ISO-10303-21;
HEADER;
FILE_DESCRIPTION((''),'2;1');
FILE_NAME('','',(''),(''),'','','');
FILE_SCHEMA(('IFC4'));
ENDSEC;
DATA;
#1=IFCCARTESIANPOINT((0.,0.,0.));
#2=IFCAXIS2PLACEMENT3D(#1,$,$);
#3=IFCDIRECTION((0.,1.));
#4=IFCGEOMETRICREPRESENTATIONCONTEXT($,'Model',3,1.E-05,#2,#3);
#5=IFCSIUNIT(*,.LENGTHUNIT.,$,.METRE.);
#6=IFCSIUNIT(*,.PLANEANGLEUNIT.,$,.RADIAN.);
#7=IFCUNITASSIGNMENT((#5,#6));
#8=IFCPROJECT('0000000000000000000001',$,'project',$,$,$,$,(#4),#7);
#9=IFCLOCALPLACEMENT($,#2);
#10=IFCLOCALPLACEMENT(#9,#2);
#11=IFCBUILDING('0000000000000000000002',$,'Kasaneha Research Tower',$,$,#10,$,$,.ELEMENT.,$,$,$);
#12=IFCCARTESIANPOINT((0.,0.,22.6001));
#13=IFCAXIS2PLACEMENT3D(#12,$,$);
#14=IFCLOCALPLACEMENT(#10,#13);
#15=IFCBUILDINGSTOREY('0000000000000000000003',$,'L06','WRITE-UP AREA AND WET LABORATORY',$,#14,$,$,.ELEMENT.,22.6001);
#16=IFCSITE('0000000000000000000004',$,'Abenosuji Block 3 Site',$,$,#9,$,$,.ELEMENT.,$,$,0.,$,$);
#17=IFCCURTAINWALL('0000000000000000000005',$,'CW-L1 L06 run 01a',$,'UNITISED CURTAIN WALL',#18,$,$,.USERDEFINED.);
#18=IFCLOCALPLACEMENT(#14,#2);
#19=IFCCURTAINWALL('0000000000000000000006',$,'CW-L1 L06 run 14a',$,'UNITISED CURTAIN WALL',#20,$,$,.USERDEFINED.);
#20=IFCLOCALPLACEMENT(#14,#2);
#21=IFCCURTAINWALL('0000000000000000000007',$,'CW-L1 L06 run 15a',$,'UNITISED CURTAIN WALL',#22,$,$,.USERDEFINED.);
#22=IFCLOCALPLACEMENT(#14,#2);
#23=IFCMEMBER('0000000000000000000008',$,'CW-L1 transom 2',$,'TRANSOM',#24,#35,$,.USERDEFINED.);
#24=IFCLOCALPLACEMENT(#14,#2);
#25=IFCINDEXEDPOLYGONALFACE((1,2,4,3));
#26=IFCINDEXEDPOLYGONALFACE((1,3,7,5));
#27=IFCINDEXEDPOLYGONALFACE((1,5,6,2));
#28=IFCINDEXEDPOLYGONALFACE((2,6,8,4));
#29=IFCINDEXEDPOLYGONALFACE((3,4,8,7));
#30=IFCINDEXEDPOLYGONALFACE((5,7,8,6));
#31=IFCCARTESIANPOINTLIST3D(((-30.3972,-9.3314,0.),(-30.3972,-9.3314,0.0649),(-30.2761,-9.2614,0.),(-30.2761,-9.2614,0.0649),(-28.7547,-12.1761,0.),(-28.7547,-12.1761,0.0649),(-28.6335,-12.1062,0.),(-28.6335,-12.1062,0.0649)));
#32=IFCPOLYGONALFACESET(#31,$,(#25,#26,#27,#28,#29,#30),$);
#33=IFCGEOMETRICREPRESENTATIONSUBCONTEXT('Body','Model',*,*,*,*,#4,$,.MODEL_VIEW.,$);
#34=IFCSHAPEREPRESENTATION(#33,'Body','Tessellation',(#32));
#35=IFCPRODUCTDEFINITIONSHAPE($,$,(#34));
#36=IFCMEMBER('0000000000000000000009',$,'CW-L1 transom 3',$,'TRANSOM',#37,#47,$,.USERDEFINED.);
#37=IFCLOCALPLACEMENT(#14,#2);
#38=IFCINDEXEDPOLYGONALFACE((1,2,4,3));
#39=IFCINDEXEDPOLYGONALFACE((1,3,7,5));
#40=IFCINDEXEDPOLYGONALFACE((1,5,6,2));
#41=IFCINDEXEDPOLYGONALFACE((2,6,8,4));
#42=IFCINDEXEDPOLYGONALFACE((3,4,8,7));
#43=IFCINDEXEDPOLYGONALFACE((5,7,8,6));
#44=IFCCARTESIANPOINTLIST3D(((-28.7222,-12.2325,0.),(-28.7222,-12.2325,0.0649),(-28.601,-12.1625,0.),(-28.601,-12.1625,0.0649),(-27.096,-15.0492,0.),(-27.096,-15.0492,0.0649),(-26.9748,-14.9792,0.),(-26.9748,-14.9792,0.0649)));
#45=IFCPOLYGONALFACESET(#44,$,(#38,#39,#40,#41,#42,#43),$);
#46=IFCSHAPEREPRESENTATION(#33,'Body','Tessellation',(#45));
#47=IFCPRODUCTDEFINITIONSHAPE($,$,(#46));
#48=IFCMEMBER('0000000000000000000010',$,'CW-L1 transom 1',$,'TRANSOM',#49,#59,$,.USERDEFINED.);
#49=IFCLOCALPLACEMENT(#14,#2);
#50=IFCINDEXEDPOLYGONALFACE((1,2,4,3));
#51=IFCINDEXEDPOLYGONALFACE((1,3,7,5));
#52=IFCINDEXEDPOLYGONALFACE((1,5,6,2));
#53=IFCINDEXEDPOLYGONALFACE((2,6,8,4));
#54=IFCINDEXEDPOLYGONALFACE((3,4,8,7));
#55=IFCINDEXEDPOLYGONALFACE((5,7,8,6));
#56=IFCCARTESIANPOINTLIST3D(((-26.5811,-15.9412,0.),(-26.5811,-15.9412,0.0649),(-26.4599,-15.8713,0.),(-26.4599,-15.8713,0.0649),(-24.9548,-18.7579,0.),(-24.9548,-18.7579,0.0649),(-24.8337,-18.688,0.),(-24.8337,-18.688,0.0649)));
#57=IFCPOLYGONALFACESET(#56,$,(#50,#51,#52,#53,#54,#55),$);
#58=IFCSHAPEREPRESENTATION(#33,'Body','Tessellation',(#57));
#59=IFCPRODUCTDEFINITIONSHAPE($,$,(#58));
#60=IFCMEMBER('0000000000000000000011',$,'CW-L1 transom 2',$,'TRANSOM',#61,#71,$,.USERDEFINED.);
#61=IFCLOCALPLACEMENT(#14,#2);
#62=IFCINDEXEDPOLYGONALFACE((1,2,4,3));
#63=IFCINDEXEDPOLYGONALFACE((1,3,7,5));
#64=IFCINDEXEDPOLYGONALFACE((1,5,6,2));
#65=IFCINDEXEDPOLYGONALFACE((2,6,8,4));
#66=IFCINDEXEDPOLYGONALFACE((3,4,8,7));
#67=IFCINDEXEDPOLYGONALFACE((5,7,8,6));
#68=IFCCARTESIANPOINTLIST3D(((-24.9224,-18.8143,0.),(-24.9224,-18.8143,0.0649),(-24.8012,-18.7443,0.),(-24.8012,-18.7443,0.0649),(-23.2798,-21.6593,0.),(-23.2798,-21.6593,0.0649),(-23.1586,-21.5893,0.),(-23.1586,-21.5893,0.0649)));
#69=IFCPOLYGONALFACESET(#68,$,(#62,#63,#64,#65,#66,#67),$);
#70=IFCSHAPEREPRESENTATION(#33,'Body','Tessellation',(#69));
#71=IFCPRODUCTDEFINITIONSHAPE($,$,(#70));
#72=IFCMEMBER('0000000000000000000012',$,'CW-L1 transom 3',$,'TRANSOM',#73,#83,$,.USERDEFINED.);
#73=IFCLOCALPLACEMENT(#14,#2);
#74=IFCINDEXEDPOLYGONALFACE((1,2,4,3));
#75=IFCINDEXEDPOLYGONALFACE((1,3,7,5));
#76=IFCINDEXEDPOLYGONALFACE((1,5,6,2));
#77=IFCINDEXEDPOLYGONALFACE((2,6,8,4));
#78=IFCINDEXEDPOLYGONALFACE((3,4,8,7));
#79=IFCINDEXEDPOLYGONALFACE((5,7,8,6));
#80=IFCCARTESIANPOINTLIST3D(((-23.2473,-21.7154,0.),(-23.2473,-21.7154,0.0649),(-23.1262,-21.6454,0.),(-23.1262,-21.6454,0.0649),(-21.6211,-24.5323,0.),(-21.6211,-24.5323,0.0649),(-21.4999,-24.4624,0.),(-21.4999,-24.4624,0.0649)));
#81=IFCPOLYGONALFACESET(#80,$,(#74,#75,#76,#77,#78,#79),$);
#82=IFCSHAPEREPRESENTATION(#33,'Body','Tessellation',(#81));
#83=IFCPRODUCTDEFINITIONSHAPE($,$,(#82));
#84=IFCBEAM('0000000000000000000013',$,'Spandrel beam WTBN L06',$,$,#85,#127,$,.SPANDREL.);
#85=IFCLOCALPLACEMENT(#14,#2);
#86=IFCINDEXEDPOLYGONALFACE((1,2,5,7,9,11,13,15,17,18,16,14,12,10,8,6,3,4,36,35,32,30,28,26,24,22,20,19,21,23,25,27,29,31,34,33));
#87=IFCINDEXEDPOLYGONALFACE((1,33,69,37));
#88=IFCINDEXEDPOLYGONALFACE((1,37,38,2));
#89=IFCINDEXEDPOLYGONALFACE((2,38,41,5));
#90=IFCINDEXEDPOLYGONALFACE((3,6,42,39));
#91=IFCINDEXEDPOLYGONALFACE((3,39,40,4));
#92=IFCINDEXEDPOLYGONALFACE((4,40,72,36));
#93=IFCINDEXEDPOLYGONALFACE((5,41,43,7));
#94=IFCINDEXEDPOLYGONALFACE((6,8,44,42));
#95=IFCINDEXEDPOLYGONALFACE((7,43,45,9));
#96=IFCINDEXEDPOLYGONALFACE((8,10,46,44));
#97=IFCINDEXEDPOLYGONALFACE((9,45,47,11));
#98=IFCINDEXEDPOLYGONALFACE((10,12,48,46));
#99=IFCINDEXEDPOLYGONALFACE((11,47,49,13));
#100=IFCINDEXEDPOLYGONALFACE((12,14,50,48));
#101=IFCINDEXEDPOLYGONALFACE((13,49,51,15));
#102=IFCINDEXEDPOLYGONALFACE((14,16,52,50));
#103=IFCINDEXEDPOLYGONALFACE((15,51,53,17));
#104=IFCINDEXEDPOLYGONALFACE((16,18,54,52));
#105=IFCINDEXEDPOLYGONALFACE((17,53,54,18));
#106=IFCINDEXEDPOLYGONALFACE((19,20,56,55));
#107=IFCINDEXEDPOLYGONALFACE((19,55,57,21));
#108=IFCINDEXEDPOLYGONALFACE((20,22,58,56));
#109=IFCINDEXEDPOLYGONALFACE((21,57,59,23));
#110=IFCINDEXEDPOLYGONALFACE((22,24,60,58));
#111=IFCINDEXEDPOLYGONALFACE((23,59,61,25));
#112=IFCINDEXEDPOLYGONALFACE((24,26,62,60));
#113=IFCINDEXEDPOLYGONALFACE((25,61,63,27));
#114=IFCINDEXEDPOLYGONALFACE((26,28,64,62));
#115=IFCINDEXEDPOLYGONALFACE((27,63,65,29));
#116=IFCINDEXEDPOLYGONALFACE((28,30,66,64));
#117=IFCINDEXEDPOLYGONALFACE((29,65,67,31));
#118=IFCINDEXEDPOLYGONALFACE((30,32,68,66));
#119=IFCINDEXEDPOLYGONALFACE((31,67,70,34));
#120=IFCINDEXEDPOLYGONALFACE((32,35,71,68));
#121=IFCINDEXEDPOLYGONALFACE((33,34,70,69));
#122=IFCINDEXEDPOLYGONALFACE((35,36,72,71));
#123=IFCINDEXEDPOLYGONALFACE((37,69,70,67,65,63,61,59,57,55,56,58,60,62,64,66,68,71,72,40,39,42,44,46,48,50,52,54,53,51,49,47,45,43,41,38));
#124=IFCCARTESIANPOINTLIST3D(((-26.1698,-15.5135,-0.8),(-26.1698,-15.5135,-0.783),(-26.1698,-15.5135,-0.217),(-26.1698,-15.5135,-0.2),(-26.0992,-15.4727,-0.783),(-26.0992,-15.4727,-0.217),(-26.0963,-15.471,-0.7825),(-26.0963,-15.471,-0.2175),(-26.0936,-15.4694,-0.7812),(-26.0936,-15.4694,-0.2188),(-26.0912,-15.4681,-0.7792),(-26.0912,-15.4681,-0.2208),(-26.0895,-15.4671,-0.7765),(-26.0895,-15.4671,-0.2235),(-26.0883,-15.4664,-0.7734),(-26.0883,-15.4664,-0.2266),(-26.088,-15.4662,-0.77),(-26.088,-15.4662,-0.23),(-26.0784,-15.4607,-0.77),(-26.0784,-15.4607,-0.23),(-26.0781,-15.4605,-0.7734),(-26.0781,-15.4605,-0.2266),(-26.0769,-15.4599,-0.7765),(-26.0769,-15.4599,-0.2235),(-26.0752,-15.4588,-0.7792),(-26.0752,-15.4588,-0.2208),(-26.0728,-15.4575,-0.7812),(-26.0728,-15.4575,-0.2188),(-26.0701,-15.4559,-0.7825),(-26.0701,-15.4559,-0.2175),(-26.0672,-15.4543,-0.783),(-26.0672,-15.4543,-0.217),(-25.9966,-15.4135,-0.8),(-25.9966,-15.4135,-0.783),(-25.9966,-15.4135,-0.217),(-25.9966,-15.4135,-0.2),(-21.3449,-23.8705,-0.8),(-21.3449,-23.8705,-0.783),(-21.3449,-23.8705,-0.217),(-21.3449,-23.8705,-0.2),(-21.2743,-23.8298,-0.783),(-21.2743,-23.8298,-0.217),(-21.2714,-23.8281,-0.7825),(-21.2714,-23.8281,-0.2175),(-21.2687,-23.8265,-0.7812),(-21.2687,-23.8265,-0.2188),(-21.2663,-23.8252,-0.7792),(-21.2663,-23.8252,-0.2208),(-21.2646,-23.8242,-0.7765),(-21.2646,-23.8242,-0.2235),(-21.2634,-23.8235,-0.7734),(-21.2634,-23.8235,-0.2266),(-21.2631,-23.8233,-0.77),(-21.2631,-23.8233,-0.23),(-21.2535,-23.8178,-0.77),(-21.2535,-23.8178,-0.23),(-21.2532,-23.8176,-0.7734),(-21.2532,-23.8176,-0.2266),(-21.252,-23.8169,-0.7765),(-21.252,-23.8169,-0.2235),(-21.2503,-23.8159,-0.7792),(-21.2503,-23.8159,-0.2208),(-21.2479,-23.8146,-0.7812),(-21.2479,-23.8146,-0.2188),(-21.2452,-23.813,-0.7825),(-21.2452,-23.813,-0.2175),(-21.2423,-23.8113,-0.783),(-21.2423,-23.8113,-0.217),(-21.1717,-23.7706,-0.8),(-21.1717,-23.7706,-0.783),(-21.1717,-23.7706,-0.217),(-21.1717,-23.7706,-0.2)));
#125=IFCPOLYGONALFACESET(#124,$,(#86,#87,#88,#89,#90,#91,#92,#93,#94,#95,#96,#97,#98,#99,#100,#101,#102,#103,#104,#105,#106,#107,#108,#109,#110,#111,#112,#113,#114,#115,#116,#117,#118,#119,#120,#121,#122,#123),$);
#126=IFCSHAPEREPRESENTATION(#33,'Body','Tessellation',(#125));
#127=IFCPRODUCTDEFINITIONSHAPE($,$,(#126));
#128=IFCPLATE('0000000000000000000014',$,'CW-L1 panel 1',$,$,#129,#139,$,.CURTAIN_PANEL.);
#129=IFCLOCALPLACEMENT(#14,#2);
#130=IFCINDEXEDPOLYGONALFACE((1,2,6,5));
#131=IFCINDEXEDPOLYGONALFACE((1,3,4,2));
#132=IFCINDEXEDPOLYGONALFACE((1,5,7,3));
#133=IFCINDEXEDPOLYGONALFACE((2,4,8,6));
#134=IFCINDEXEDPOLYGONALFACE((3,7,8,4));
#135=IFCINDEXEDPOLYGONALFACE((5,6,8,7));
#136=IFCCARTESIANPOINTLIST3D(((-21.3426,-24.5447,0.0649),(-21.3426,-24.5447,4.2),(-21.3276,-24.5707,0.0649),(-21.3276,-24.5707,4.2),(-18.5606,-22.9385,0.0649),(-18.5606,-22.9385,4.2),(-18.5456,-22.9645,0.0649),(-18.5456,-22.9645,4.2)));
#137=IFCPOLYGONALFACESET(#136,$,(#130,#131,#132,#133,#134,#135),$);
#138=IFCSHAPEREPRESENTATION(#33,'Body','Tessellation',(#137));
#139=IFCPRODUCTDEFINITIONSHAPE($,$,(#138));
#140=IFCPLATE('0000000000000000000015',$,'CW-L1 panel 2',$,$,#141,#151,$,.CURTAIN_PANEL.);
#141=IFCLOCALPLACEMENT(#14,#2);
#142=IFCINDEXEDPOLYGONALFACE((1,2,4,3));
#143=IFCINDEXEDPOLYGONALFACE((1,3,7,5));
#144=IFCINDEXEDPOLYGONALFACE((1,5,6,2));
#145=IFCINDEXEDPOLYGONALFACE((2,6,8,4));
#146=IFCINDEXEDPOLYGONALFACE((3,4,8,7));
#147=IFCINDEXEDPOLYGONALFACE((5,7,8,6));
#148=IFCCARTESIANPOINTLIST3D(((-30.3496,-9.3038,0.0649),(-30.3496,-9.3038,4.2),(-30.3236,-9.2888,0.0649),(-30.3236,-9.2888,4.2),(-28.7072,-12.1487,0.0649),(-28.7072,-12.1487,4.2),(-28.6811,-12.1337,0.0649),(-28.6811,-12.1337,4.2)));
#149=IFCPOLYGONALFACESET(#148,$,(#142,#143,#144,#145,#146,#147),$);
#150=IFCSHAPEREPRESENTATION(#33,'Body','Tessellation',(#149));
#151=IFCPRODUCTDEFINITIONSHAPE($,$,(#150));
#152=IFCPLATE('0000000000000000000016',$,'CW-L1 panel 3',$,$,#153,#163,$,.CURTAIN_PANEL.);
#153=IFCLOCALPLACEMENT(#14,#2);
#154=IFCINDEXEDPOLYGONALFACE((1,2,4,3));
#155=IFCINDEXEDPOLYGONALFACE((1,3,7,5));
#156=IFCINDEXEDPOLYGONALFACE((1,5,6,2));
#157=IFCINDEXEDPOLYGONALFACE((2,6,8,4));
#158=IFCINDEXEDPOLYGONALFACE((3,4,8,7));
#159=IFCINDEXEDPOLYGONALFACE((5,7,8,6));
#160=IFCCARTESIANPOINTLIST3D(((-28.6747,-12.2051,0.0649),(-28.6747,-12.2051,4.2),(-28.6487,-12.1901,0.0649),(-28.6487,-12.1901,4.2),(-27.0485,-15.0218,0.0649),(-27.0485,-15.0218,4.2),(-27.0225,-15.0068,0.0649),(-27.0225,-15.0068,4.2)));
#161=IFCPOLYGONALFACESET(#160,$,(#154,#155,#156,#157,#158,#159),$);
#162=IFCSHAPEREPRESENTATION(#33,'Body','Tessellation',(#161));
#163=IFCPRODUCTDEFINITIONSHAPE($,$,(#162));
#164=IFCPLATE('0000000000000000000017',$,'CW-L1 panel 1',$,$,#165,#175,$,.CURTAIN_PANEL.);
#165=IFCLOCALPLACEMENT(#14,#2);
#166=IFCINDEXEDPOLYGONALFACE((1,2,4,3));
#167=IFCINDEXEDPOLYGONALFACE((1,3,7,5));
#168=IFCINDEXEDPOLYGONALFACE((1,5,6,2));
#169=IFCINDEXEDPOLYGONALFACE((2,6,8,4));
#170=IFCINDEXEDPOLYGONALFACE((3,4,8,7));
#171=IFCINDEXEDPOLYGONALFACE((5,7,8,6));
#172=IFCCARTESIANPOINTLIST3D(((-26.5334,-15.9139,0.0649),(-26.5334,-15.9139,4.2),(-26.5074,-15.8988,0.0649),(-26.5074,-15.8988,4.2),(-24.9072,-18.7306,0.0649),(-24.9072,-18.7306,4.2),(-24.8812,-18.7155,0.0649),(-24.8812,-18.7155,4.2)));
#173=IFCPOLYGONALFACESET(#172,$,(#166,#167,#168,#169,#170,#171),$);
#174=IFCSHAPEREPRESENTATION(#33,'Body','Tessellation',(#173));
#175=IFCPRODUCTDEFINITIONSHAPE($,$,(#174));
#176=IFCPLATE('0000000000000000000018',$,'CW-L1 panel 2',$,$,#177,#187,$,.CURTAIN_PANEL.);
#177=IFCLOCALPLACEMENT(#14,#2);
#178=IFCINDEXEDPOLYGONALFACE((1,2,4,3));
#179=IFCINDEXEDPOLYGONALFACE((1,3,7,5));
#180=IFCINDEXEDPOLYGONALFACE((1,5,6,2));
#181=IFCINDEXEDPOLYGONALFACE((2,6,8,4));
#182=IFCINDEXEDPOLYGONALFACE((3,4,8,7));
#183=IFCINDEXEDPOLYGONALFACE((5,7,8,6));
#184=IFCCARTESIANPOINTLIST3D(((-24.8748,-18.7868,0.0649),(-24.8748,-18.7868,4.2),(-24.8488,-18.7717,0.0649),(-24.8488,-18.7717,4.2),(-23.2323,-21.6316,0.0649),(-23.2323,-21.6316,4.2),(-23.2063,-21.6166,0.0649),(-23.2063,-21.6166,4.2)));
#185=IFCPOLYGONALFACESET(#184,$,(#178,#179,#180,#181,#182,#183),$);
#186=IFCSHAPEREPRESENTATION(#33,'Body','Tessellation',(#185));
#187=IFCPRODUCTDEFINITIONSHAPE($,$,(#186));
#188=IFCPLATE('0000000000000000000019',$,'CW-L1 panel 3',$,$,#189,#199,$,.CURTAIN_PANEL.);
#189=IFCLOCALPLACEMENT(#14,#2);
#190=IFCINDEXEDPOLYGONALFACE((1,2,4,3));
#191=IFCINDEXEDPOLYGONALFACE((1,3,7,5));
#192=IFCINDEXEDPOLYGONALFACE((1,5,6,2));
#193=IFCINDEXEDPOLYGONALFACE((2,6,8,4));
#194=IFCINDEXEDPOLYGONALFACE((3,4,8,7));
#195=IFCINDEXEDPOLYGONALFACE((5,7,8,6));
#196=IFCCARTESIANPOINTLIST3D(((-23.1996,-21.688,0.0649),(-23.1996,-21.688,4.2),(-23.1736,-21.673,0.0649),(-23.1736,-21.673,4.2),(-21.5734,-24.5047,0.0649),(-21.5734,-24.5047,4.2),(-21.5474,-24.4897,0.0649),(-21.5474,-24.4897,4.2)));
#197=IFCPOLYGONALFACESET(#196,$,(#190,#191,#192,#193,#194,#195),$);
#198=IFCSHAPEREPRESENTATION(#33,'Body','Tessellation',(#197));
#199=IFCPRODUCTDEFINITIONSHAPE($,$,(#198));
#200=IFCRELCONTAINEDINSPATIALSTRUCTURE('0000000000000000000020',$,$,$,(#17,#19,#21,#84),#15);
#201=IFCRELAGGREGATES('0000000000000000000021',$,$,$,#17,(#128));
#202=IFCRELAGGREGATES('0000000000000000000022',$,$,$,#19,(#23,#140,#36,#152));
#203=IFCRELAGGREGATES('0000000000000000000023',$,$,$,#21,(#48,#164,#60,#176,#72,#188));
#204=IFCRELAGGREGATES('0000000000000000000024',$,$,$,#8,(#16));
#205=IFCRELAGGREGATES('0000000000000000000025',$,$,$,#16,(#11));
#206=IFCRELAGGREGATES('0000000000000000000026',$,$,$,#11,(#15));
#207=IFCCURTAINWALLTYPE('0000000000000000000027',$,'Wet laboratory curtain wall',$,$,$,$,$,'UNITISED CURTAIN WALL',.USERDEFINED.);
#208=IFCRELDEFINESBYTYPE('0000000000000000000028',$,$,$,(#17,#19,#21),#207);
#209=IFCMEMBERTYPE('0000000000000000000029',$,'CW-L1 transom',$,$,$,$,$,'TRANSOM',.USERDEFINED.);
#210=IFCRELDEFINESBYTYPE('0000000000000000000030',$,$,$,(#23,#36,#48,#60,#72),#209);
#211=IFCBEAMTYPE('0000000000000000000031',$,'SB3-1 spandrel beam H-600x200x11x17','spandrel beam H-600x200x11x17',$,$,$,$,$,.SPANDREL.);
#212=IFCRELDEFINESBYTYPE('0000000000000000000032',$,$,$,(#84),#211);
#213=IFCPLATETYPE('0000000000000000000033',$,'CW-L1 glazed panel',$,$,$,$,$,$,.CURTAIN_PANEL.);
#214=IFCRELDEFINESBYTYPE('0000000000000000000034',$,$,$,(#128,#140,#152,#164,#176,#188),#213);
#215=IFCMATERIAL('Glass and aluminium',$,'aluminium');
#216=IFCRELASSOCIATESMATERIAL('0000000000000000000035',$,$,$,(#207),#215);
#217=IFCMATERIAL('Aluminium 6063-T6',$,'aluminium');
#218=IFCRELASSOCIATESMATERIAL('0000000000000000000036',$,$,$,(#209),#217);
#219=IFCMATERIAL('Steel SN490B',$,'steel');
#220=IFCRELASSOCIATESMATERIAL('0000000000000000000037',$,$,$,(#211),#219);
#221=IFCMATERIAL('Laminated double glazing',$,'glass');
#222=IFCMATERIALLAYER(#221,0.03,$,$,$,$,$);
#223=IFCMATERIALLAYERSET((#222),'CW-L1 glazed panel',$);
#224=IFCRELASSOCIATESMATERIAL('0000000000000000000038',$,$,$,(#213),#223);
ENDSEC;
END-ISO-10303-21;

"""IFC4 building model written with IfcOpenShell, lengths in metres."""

from ifc_helpers import new_model, si_unit, direction, frame, origin, origin_2d, place, context, subcontext, project, spatial, rectangle, i_section, extrude, material, layer, layer_set, material_profile, profile_set, type_object, element, aggregate, save


model = new_model("IFC4")

# Units and contexts
model_context = context("Model", 3, precision=1e-05, world=origin(), true_north=direction((0.0, 1.0)))
body_context = subcontext(model_context, "Body", "Model", "MODEL_VIEW")
ifc_project = project(units=[si_unit("LENGTHUNIT", "METRE"), si_unit("PLANEANGLEUNIT", "RADIAN")], contexts=[model_context])

# Site, building, storey
site_placement = place(None, origin())
site = spatial("IfcSite", under=ifc_project, at=site_placement, Name="Abenosuji Block 3 Site", CompositionType="ELEMENT", RefElevation=0.0)
building_placement = place(site_placement, origin())
building = spatial("IfcBuilding", under=site, at=building_placement, Name="Kasaneha Research Tower", CompositionType="ELEMENT")
storey_placement = place(building_placement, frame((0.0, 0.0, 22.6001)))
storey = spatial("IfcBuildingStorey", under=building, at=storey_placement, Name="L06", Description="WRITE-UP AREA AND WET LABORATORY", CompositionType="ELEMENT", Elevation=22.6001)

# Curtain wall
ifc_material_1 = material(Name="Glass and aluminium", Category="aluminium")
curtain_wall_type = type_object("IfcCurtainWallType", Name="Wet laboratory curtain wall", ElementType="UNITISED CURTAIN WALL", PredefinedType="USERDEFINED", material=ifc_material_1)
curtain_wall_1_placement = place(storey_placement, origin())
curtain_wall_1 = element("IfcCurtainWall", 1, at=curtain_wall_1_placement, inside=storey, type_object=curtain_wall_type, Name="CW-L1 L06 run 01a", ObjectType="UNITISED CURTAIN WALL", PredefinedType="USERDEFINED")

# Curtain walls
curtain_wall_2_placement = place(storey_placement, origin())
curtain_wall_2 = element("IfcCurtainWall", 2, at=curtain_wall_2_placement, inside=storey, type_object=curtain_wall_type, Name="CW-L1 L06 run 14a", ObjectType="UNITISED CURTAIN WALL", PredefinedType="USERDEFINED")
curtain_wall_3_placement = place(storey_placement, origin())
curtain_wall_3 = element("IfcCurtainWall", 3, at=curtain_wall_3_placement, inside=storey, type_object=curtain_wall_type, Name="CW-L1 L06 run 15a", ObjectType="UNITISED CURTAIN WALL", PredefinedType="USERDEFINED")

# Members
ifc_material_2 = material(Name="Aluminium 6063-T6", Category="aluminium")
ifc_material_profile_1 = material_profile(ifc_material_2, rectangle(XDim=0.1399, YDim=0.0649, at=origin_2d()), Name="CW-L1 transom 140x65")
ifc_profile_set_1 = profile_set([ifc_material_profile_1], Name="Aluminium 6063-T6")
member_type_1 = type_object("IfcMemberType", Name="CW-L1 transom", ElementType="TRANSOM", PredefinedType="USERDEFINED", material=ifc_profile_set_1)
member_1_placement = place(storey_placement, frame((-30.3367, -9.2964, 0.0325), z_axis=(0.50004, -0.866002, 0.0), x_axis=(0.866002, 0.50004, 0.0)))
member_1 = element("IfcMember", 4, at=member_1_placement, type_object=member_type_1, Name="CW-L1 transom 2", ObjectType="TRANSOM", PredefinedType="USERDEFINED", context=body_context, shape_type="SweptSolid", body=[
    extrude(rectangle(XDim=0.1399, YDim=0.0649, at=origin_2d()), origin(), (0.0, 0.0, 1.0), 3.2849),
])
member_2_placement = place(storey_placement, frame((-28.6616, -12.1975, 0.0325), z_axis=(0.500006, -0.866022, 0.0), x_axis=(0.866022, 0.500006, 0.0)))
member_2 = element("IfcMember", 5, at=member_2_placement, type_object=member_type_1, Name="CW-L1 transom 3", ObjectType="TRANSOM", PredefinedType="USERDEFINED", context=body_context, shape_type="SweptSolid", body=[
    extrude(rectangle(XDim=0.1399, YDim=0.0649, at=origin_2d()), origin(), (0.0, 0.0, 1.0), 3.2524),
])
member_3_placement = place(storey_placement, frame((-26.5205, -15.9062, 0.0325), z_axis=(0.500006, -0.866022, 0.0), x_axis=(0.866022, 0.500006, 0.0)))
member_3 = element("IfcMember", 6, at=member_3_placement, type_object=member_type_1, Name="CW-L1 transom 1", ObjectType="TRANSOM", PredefinedType="USERDEFINED", context=body_context, shape_type="SweptSolid", body=[
    extrude(rectangle(XDim=0.1399, YDim=0.0649, at=origin_2d()), origin(), (0.0, 0.0, 1.0), 3.2524),
])
member_4_placement = place(storey_placement, frame((-24.8618, -18.7793, 0.0325), z_axis=(0.500008, -0.866021, 0.0), x_axis=(0.866021, 0.500008, 0.0)))
member_4 = element("IfcMember", 7, at=member_4_placement, type_object=member_type_1, Name="CW-L1 transom 2", ObjectType="TRANSOM", PredefinedType="USERDEFINED", context=body_context, shape_type="SweptSolid", body=[
    extrude(rectangle(XDim=0.1399, YDim=0.0649, at=origin_2d()), origin(), (0.0, 0.0, 1.0), 3.2852),
])
member_5_placement = place(storey_placement, frame((-23.1868, -21.6804, 0.0325), z_axis=(0.499974, -0.866041, 0.0), x_axis=(0.866041, 0.499974, 0.0)))
member_5 = element("IfcMember", 8, at=member_5_placement, type_object=member_type_1, Name="CW-L1 transom 3", ObjectType="TRANSOM", PredefinedType="USERDEFINED", context=body_context, shape_type="SweptSolid", body=[
    extrude(rectangle(XDim=0.1399, YDim=0.0649, at=origin_2d()), origin(), (0.0, 0.0, 1.0), 3.2527),
])

# Beam
ifc_material_3 = material(Name="Steel SN490B", Category="steel")
ifc_material_profile_2 = material_profile(ifc_material_3, i_section(OverallWidth=0.2, OverallDepth=0.6001, WebThickness=0.011, FlangeThickness=0.0171, FilletRadius=0.0129, at=origin_2d()), Name="H-600x200x11x17")
ifc_profile_set_2 = profile_set([ifc_material_profile_2], Name="Steel SN490B")
beam_type_1 = type_object("IfcBeamType", Name="SB3-1 spandrel beam H-600x200x11x17", Description="spandrel beam H-600x200x11x17", PredefinedType="SPANDREL", material=ifc_profile_set_2)
beam_1_placement = place(storey_placement, frame((-21.2583, -23.8206, -0.5), z_axis=(-0.499995, 0.866028, 0.0), x_axis=(-0.866028, -0.499995, 0.0)))
element("IfcBeam", 9, at=beam_1_placement, inside=storey, type_object=beam_type_1, Name="Spandrel beam WTBN L06", PredefinedType="SPANDREL", context=body_context, shape_type="SweptSolid", body=[
    extrude(i_section(OverallWidth=0.2, OverallDepth=0.6001, WebThickness=0.011, FlangeThickness=0.0171, FilletRadius=0.0129, at=origin_2d()), origin(), (0.0, 0.0, 1.0), 9.6499),
])

# Plates
ifc_material_4 = material(Name="Laminated double glazing", Category="glass")
ifc_layer_1 = layer(ifc_material_4, 0.03)
ifc_layer_set_1 = layer_set([ifc_layer_1], Name="CW-L1 glazed panel")
plate_type = type_object("IfcPlateType", Name="CW-L1 glazed panel", PredefinedType="CURTAIN_PANEL", material=ifc_layer_set_1)
plate_1_placement = place(storey_placement, frame((-19.9441, -23.7546, 0.0649), z_axis=(0.0, 0.0, 1.0), x_axis=(0.866025, 0.5, 0.0)))
plate_1 = element("IfcPlate", 10, at=plate_1_placement, type_object=plate_type, Name="CW-L1 panel 1", PredefinedType="CURTAIN_PANEL", context=body_context, shape_type="SweptSolid", body=[
    extrude(rectangle(XDim=3.2124, YDim=0.03, at=origin_2d()), origin(), (0.0, 0.0, 1.0), 4.135),
])
aggregate(curtain_wall_1, [plate_1])
plate_2_placement = place(storey_placement, frame((-29.5154, -10.7188, 0.0649), z_axis=(0.0, 0.0, 1.0), x_axis=(0.5, -0.866025, 0.0)))
plate_2 = element("IfcPlate", 11, at=plate_2_placement, type_object=plate_type, Name="CW-L1 panel 2", PredefinedType="CURTAIN_PANEL", context=body_context, shape_type="SweptSolid", body=[
    extrude(rectangle(XDim=3.2849, YDim=0.03, at=origin_2d()), origin(), (0.0, 0.0, 1.0), 4.135),
])
plate_3_placement = place(storey_placement, frame((-27.8486, -13.606, 0.0649), z_axis=(0.0, 0.0, 1.0), x_axis=(0.5, -0.866025, 0.0)))
plate_3 = element("IfcPlate", 12, at=plate_3_placement, type_object=plate_type, Name="CW-L1 panel 3", PredefinedType="CURTAIN_PANEL", context=body_context, shape_type="SweptSolid", body=[
    extrude(rectangle(XDim=3.2524, YDim=0.03, at=origin_2d()), origin(), (0.0, 0.0, 1.0), 4.135),
])
aggregate(curtain_wall_2, [member_1, plate_2, member_2, plate_3])
plate_4_placement = place(storey_placement, frame((-25.7073, -17.3147, 0.0649), z_axis=(0.0, 0.0, 1.0), x_axis=(0.5, -0.866025, 0.0)))
plate_4 = element("IfcPlate", 13, at=plate_4_placement, type_object=plate_type, Name="CW-L1 panel 1", PredefinedType="CURTAIN_PANEL", context=body_context, shape_type="SweptSolid", body=[
    extrude(rectangle(XDim=3.2524, YDim=0.03, at=origin_2d()), origin(), (0.0, 0.0, 1.0), 4.135),
])
plate_5_placement = place(storey_placement, frame((-24.0405, -20.2017, 0.0649), z_axis=(0.0, 0.0, 1.0), x_axis=(0.5, -0.866025, 0.0)))
plate_5 = element("IfcPlate", 14, at=plate_5_placement, type_object=plate_type, Name="CW-L1 panel 2", PredefinedType="CURTAIN_PANEL", context=body_context, shape_type="SweptSolid", body=[
    extrude(rectangle(XDim=3.2849, YDim=0.03, at=origin_2d()), origin(), (0.0, 0.0, 1.0), 4.135),
])
plate_6_placement = place(storey_placement, frame((-22.3735, -23.0889, 0.0649), z_axis=(0.0, 0.0, 1.0), x_axis=(0.5, -0.866025, 0.0)))
plate_6 = element("IfcPlate", 15, at=plate_6_placement, type_object=plate_type, Name="CW-L1 panel 3", PredefinedType="CURTAIN_PANEL", context=body_context, shape_type="SweptSolid", body=[
    extrude(rectangle(XDim=3.2524, YDim=0.03, at=origin_2d()), origin(), (0.0, 0.0, 1.0), 4.135),
])
aggregate(curtain_wall_3, [member_3, plate_4, member_4, plate_5, member_5, plate_6])

save(model, "model.ifc")
